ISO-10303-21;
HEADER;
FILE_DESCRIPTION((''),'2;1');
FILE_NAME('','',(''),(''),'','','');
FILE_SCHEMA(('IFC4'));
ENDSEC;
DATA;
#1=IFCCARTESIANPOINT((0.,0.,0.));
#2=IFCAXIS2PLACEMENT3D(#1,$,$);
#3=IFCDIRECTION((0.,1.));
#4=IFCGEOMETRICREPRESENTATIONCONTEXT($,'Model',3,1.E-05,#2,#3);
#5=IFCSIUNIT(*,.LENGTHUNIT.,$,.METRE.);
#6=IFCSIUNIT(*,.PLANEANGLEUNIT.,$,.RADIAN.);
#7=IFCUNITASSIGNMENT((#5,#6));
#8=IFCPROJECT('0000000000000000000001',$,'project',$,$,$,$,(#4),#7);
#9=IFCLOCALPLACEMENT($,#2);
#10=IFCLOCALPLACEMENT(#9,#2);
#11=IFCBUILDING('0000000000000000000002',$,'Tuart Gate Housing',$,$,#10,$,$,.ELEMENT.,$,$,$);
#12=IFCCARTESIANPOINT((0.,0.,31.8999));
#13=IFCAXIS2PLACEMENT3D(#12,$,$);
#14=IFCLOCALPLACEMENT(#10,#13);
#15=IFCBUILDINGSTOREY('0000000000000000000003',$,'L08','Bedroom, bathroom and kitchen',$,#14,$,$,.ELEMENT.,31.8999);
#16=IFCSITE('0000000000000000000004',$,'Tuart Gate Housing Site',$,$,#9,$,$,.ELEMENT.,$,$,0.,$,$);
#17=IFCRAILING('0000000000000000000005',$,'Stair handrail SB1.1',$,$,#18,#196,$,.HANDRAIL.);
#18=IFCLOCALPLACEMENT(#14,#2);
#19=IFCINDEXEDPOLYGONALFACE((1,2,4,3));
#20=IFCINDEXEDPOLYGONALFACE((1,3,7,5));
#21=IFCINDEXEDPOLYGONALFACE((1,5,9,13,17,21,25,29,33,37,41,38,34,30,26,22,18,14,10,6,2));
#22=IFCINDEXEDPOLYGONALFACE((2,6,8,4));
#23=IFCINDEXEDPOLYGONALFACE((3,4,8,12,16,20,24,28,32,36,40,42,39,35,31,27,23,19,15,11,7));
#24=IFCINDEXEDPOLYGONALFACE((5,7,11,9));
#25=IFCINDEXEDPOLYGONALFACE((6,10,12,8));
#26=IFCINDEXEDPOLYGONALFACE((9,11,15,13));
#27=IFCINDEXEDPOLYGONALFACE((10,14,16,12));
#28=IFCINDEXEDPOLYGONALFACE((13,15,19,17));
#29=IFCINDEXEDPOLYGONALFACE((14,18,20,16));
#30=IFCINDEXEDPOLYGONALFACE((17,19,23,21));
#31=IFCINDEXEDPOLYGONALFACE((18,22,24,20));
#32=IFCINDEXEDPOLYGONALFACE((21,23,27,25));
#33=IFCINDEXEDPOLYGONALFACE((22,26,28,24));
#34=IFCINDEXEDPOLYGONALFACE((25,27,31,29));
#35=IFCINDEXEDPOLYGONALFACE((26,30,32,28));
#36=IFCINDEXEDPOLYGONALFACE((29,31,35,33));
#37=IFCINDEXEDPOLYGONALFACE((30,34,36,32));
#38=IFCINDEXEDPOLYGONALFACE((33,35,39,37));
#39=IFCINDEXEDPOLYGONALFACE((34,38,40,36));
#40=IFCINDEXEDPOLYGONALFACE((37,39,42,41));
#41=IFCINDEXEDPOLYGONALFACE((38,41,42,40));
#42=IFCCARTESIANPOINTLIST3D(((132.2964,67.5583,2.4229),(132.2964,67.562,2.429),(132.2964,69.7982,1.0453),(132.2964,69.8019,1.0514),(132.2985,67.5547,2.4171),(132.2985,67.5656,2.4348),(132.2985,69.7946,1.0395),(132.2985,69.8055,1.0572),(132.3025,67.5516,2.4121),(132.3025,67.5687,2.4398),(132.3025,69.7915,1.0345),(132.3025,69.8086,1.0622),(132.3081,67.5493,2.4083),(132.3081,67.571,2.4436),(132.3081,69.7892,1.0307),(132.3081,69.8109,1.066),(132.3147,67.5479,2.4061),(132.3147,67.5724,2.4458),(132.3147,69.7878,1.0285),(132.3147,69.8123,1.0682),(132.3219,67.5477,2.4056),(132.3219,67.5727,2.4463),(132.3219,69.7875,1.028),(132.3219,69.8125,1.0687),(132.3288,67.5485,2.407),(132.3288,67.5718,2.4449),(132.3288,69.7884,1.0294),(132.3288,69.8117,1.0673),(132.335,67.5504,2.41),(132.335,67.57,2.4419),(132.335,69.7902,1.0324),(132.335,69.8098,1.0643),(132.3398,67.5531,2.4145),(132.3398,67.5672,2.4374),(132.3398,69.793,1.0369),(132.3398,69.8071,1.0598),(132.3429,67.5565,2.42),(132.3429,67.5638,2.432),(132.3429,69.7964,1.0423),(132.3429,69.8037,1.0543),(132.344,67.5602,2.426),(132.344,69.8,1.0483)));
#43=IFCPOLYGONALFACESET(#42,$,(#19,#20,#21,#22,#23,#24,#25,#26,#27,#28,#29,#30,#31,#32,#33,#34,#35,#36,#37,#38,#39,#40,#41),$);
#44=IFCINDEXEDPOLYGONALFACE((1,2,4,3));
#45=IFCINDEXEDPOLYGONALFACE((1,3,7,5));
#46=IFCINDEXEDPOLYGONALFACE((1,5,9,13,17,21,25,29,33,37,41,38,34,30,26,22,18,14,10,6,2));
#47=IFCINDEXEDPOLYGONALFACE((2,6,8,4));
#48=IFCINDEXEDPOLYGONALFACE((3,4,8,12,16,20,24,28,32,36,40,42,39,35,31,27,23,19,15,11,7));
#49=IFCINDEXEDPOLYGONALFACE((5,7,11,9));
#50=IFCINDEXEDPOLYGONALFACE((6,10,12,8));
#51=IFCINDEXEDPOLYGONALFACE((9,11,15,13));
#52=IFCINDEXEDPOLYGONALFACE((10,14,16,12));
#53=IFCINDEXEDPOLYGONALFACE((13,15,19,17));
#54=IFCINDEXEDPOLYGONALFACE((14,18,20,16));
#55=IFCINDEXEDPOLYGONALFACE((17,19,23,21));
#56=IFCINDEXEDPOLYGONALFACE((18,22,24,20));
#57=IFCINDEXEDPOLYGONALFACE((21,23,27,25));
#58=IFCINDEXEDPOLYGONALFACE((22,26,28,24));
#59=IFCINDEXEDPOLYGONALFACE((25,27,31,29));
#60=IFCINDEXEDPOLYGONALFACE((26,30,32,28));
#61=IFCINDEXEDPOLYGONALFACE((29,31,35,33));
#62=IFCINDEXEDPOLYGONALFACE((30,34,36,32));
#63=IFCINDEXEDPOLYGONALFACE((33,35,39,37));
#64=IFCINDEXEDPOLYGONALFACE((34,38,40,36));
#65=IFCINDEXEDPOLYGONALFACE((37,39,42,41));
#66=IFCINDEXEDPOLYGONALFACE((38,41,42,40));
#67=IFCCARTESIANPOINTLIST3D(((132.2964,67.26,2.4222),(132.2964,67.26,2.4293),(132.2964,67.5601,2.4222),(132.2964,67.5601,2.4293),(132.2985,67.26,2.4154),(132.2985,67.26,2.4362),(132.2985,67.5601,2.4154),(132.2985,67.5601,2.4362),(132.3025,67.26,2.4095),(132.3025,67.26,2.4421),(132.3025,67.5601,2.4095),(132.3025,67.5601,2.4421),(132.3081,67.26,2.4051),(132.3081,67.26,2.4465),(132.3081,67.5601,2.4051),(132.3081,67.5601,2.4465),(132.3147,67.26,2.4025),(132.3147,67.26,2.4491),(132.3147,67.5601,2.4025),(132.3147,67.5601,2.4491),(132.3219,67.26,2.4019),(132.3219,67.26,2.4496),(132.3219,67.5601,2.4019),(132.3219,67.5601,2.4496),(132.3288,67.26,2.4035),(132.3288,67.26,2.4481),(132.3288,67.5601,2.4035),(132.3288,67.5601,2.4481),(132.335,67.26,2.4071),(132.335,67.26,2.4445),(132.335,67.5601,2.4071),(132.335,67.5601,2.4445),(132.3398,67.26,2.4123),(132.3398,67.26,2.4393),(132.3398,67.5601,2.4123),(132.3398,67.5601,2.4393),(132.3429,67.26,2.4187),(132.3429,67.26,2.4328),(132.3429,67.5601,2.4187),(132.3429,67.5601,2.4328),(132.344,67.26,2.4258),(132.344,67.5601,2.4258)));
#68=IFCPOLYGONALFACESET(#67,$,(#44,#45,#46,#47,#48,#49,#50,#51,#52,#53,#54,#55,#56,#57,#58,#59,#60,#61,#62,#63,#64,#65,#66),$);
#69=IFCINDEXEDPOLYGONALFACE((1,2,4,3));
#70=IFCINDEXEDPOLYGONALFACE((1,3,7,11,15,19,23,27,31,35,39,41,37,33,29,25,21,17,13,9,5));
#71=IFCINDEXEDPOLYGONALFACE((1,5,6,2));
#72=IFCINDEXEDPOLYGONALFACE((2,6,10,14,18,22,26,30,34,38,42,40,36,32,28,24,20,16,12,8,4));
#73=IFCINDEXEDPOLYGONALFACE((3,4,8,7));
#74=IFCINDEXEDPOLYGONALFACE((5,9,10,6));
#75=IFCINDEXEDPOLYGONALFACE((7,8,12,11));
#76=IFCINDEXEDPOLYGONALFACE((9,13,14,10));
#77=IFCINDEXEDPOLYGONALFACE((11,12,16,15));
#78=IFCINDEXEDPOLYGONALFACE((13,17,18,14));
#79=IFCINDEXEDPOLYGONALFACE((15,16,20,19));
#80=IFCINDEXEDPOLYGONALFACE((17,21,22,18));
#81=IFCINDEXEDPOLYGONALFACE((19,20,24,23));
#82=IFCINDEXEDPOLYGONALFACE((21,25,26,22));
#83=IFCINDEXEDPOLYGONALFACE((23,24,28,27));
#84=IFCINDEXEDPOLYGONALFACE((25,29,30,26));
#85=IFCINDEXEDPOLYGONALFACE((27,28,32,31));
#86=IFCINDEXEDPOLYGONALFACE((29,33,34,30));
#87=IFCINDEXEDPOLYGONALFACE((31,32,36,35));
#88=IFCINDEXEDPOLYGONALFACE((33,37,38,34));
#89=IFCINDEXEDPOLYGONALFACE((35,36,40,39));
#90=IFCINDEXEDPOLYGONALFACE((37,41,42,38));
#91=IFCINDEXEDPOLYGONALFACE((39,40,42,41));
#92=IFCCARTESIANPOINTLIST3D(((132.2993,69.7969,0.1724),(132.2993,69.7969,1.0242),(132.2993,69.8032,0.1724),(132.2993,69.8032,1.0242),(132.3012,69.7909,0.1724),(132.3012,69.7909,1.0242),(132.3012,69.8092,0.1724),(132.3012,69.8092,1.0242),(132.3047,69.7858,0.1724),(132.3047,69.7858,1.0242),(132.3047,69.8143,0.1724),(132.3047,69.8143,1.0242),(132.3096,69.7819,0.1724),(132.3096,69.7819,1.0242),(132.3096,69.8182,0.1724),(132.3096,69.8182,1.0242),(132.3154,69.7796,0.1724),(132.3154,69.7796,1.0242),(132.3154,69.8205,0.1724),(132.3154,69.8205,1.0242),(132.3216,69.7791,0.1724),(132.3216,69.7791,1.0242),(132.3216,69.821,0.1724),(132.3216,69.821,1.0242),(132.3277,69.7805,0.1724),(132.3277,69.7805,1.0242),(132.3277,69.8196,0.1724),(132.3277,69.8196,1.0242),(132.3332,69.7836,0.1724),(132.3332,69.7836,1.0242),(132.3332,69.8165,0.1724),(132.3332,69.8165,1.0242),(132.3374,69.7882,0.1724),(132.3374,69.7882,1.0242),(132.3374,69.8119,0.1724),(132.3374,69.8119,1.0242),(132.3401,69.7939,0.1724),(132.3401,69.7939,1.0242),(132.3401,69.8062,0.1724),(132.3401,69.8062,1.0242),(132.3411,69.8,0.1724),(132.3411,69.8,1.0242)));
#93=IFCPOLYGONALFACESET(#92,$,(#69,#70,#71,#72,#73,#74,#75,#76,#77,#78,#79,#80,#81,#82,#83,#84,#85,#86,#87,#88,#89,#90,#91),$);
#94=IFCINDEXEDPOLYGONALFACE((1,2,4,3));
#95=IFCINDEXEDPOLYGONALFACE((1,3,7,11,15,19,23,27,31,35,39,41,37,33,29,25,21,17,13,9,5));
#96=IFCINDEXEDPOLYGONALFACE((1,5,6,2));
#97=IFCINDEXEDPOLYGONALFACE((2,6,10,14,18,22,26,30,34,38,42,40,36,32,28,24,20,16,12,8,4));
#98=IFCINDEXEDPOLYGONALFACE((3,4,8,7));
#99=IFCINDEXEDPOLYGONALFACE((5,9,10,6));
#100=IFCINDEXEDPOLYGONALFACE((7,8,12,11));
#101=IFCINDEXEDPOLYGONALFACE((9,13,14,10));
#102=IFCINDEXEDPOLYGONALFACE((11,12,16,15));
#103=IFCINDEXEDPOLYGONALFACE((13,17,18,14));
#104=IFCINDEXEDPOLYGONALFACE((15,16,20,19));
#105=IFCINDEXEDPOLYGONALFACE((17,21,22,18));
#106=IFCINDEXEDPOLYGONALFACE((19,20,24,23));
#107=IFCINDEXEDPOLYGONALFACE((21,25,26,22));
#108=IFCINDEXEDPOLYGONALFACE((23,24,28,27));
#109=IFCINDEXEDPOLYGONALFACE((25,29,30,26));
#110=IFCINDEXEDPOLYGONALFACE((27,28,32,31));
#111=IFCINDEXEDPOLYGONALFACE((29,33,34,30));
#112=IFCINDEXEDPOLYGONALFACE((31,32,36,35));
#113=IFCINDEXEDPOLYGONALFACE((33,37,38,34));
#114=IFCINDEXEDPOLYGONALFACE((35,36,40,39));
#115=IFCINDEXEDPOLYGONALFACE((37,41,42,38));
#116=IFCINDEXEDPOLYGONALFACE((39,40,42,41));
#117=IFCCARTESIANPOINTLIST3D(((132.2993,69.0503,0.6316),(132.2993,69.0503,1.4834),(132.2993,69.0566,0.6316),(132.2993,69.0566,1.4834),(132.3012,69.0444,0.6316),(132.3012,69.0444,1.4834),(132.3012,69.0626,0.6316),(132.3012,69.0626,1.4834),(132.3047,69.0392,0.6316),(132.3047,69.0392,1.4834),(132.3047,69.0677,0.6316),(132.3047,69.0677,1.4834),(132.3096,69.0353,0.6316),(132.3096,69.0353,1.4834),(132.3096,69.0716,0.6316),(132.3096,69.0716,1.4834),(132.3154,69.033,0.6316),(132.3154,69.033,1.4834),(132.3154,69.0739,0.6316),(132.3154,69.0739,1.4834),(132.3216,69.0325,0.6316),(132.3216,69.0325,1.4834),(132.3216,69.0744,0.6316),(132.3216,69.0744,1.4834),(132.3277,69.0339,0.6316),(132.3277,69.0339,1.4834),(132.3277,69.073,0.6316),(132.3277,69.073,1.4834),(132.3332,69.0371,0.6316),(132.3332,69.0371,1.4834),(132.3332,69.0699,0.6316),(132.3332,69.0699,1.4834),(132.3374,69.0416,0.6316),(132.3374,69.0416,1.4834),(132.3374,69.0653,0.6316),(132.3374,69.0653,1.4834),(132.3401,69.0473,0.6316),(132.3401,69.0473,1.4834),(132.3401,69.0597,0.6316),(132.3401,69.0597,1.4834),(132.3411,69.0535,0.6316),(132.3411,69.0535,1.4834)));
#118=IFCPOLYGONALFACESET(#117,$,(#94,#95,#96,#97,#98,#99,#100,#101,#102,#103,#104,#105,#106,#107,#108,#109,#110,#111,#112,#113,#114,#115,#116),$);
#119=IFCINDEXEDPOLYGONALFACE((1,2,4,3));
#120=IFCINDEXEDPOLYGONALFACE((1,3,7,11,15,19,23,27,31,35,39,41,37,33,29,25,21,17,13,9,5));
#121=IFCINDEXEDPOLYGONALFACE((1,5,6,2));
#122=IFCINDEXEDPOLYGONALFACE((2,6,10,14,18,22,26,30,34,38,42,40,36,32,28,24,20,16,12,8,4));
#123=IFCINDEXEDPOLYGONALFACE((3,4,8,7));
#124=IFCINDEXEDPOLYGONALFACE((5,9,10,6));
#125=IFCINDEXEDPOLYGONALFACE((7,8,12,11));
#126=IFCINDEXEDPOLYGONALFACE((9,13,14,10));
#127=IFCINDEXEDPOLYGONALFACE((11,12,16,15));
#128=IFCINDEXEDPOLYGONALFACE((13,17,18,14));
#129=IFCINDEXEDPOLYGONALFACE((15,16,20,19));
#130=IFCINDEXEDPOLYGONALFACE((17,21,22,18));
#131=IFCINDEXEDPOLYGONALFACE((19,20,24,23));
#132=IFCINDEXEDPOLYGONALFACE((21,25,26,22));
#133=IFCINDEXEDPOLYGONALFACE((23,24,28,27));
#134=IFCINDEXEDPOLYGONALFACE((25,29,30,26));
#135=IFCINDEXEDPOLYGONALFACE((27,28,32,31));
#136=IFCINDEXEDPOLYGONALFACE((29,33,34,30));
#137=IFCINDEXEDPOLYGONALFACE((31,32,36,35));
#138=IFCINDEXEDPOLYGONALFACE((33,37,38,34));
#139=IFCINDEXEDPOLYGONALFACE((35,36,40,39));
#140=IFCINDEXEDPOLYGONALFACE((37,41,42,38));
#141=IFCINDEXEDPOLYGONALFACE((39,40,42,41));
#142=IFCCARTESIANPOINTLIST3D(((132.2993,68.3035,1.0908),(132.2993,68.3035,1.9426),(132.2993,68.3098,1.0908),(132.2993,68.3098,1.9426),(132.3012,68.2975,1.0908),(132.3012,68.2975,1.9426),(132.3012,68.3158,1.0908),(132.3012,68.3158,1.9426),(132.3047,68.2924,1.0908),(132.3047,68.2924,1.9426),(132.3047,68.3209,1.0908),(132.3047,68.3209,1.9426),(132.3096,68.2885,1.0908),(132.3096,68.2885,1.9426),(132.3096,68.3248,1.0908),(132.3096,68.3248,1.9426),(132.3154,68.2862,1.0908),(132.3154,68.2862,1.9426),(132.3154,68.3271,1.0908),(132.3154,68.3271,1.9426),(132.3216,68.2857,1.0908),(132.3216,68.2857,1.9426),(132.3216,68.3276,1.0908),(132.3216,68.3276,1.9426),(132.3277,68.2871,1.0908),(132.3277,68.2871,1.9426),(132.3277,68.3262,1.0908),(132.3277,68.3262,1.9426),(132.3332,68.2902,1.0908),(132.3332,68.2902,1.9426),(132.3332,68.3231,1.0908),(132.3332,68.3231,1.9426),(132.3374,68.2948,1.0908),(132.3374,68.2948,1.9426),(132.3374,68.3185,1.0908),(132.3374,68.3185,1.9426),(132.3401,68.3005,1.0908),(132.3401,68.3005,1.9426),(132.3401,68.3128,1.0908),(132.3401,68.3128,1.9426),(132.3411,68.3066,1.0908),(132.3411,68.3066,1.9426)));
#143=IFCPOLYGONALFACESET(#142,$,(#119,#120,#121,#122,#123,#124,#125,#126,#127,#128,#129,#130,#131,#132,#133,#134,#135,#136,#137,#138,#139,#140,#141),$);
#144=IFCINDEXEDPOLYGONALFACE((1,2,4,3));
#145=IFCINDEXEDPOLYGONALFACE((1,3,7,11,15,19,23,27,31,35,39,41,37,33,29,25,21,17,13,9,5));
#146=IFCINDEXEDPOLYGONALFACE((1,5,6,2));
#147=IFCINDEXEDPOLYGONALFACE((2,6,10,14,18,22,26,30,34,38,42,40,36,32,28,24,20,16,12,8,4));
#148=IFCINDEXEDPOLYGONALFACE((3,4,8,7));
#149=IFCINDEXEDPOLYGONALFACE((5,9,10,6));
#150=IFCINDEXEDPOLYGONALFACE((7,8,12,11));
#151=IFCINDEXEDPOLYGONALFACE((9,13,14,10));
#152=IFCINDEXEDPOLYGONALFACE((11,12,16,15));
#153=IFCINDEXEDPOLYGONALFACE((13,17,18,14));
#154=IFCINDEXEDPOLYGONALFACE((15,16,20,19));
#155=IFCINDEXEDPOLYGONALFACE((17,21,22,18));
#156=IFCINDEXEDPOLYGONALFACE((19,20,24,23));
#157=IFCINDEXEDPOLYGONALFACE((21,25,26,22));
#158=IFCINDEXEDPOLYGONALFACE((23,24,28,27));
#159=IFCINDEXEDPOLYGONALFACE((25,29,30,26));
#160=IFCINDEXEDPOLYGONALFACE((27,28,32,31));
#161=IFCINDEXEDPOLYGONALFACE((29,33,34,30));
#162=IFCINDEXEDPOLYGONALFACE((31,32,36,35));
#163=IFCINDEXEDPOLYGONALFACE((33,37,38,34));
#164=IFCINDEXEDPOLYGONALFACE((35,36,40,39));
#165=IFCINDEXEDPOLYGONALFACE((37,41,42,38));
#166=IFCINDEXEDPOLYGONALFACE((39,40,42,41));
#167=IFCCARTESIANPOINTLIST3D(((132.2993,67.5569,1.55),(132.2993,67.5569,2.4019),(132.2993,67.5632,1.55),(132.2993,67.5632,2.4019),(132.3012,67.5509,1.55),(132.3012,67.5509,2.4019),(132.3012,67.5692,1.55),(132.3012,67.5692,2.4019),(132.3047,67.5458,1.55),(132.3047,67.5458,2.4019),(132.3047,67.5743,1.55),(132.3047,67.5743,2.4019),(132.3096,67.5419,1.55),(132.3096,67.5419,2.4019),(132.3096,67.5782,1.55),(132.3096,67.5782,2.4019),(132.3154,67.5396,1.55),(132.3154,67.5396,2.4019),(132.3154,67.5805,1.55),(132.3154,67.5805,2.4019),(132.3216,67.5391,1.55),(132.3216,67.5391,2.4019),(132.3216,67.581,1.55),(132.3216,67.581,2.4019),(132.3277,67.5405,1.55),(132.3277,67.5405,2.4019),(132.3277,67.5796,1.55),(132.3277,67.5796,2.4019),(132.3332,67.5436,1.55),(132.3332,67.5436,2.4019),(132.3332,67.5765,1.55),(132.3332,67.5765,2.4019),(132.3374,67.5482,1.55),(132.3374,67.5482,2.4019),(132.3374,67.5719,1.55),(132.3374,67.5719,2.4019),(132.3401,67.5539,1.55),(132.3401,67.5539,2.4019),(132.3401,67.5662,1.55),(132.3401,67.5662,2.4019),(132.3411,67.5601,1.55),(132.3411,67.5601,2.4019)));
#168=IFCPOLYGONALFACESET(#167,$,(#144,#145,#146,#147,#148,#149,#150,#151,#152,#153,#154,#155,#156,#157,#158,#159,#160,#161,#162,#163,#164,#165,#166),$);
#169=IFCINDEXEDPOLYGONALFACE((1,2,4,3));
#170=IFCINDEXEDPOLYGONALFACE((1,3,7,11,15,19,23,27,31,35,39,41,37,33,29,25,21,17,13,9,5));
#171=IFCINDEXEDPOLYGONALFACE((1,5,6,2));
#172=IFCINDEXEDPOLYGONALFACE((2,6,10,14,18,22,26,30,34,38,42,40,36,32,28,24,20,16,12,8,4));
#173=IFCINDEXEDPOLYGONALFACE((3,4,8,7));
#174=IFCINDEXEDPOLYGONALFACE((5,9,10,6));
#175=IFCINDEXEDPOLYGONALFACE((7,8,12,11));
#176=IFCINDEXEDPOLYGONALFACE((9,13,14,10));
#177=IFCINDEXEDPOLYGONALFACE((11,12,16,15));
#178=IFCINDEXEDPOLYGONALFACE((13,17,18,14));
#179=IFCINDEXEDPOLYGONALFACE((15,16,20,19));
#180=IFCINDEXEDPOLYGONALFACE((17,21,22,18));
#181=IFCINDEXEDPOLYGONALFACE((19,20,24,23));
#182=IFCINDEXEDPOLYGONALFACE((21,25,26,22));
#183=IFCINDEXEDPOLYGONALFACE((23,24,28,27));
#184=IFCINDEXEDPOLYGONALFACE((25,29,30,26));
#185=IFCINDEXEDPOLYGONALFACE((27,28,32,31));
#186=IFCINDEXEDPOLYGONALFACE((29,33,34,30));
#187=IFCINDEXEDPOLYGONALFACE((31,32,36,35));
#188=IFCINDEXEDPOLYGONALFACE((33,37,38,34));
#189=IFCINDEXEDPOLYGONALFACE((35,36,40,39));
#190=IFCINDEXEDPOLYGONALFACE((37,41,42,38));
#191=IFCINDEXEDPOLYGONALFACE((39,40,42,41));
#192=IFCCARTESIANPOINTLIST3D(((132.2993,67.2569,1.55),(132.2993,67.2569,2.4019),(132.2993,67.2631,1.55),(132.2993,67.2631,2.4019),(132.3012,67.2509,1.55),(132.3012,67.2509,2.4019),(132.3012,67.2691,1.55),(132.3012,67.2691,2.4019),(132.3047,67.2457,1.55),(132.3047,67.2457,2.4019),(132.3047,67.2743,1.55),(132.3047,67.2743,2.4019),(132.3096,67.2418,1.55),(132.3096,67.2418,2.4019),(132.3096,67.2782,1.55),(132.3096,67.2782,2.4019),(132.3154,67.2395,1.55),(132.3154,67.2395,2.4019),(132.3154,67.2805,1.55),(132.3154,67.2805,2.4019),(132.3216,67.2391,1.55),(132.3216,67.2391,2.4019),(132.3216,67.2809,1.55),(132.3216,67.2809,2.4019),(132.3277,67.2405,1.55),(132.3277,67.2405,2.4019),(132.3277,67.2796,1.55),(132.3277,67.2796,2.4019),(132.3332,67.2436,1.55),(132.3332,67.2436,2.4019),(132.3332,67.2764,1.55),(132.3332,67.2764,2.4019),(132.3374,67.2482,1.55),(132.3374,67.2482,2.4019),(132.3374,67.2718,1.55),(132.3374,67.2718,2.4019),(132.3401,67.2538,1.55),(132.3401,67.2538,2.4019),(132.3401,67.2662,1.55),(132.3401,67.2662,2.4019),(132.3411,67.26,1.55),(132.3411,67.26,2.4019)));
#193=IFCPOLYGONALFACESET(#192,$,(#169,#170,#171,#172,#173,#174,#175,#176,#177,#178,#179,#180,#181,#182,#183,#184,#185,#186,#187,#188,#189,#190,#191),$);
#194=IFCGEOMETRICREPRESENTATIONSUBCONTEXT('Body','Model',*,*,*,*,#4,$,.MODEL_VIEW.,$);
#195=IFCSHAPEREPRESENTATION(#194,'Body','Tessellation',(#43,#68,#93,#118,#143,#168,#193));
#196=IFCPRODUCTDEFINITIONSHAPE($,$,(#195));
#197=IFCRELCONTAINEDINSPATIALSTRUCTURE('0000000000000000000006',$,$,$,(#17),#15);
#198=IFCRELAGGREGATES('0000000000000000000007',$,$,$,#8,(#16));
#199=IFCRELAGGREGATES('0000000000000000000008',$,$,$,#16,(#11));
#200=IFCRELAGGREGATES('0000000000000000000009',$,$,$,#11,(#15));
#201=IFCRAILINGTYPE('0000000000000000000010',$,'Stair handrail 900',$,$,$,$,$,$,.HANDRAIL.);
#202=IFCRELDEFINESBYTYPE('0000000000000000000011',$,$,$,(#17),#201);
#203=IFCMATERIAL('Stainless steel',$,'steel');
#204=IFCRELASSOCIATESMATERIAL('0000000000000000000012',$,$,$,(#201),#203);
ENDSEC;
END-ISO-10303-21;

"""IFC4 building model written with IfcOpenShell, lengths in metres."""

from ifc_helpers import new_model, si_unit, direction, frame, origin, origin_2d, place, context, subcontext, project, spatial, circle, extrude, material, type_object, element, save


model = new_model("IFC4")

# Units and contexts
model_context = context("Model", 3, precision=1e-05, world=origin(), true_north=direction((0.0, 1.0)))
body_context = subcontext(model_context, "Body", "Model", "MODEL_VIEW")
ifc_project = project(units=[si_unit("LENGTHUNIT", "METRE"), si_unit("PLANEANGLEUNIT", "RADIAN")], contexts=[model_context])

# Site, building, storey
site_placement = place(None, origin())
site = spatial("IfcSite", under=ifc_project, at=site_placement, Name="Tuart Gate Housing Site", CompositionType="ELEMENT", RefElevation=0.0)
building_placement = place(site_placement, origin())
building = spatial("IfcBuilding", under=site, at=building_placement, Name="Tuart Gate Housing", CompositionType="ELEMENT")
storey_placement = place(building_placement, frame((0.0, 0.0, 31.8999)))
storey = spatial("IfcBuildingStorey", under=building, at=storey_placement, Name="L08", Description="Bedroom, bathroom and kitchen", CompositionType="ELEMENT", Elevation=31.8999)

# Railing
ifc_material_1 = material(Name="Stainless steel", Category="steel")
railing_type = type_object("IfcRailingType", Name="Stair handrail 900", PredefinedType="HANDRAIL", material=ifc_material_1)
railing_placement = place(storey_placement, frame((132.3201, 69.8, 0.1724)))
element("IfcRailing", 1, at=railing_placement, inside=storey, type_object=railing_type, Name="Stair handrail SB1.1", PredefinedType="HANDRAIL", context=body_context, shape_type="SweptSolid", body=[
    extrude(circle(Radius=0.0239, at=origin_2d()), frame((0.0, 0.0, 0.876), z_axis=(0.0, -0.851789, 0.523885), x_axis=(1.0, 0.0, 0.0)), (0.0, 0.0, 1.0), 2.6296),
    extrude(circle(Radius=0.0239, at=origin_2d()), frame((0.0, -2.24, 2.2534), z_axis=(0.0, -1.0, 0.0), x_axis=(1.0, 0.0, 0.0)), (0.0, 0.0, 1.0), 0.3),
    extrude(circle(Radius=0.021, at=origin_2d()), origin(), (0.0, 0.0, 1.0), 0.8518),
    extrude(circle(Radius=0.021, at=origin_2d()), frame((0.0, -0.7466, 0.4592)), (0.0, 0.0, 1.0), 0.8518),
    extrude(circle(Radius=0.021, at=origin_2d()), frame((0.0, -1.4934, 0.9185)), (0.0, 0.0, 1.0), 0.8518),
    extrude(circle(Radius=0.021, at=origin_2d()), frame((0.0, -2.24, 1.3777)), (0.0, 0.0, 1.0), 0.8518),
    extrude(circle(Radius=0.021, at=origin_2d()), frame((0.0, -2.54, 1.3777)), (0.0, 0.0, 1.0), 0.8518),
])

save(model, "model.ifc")
